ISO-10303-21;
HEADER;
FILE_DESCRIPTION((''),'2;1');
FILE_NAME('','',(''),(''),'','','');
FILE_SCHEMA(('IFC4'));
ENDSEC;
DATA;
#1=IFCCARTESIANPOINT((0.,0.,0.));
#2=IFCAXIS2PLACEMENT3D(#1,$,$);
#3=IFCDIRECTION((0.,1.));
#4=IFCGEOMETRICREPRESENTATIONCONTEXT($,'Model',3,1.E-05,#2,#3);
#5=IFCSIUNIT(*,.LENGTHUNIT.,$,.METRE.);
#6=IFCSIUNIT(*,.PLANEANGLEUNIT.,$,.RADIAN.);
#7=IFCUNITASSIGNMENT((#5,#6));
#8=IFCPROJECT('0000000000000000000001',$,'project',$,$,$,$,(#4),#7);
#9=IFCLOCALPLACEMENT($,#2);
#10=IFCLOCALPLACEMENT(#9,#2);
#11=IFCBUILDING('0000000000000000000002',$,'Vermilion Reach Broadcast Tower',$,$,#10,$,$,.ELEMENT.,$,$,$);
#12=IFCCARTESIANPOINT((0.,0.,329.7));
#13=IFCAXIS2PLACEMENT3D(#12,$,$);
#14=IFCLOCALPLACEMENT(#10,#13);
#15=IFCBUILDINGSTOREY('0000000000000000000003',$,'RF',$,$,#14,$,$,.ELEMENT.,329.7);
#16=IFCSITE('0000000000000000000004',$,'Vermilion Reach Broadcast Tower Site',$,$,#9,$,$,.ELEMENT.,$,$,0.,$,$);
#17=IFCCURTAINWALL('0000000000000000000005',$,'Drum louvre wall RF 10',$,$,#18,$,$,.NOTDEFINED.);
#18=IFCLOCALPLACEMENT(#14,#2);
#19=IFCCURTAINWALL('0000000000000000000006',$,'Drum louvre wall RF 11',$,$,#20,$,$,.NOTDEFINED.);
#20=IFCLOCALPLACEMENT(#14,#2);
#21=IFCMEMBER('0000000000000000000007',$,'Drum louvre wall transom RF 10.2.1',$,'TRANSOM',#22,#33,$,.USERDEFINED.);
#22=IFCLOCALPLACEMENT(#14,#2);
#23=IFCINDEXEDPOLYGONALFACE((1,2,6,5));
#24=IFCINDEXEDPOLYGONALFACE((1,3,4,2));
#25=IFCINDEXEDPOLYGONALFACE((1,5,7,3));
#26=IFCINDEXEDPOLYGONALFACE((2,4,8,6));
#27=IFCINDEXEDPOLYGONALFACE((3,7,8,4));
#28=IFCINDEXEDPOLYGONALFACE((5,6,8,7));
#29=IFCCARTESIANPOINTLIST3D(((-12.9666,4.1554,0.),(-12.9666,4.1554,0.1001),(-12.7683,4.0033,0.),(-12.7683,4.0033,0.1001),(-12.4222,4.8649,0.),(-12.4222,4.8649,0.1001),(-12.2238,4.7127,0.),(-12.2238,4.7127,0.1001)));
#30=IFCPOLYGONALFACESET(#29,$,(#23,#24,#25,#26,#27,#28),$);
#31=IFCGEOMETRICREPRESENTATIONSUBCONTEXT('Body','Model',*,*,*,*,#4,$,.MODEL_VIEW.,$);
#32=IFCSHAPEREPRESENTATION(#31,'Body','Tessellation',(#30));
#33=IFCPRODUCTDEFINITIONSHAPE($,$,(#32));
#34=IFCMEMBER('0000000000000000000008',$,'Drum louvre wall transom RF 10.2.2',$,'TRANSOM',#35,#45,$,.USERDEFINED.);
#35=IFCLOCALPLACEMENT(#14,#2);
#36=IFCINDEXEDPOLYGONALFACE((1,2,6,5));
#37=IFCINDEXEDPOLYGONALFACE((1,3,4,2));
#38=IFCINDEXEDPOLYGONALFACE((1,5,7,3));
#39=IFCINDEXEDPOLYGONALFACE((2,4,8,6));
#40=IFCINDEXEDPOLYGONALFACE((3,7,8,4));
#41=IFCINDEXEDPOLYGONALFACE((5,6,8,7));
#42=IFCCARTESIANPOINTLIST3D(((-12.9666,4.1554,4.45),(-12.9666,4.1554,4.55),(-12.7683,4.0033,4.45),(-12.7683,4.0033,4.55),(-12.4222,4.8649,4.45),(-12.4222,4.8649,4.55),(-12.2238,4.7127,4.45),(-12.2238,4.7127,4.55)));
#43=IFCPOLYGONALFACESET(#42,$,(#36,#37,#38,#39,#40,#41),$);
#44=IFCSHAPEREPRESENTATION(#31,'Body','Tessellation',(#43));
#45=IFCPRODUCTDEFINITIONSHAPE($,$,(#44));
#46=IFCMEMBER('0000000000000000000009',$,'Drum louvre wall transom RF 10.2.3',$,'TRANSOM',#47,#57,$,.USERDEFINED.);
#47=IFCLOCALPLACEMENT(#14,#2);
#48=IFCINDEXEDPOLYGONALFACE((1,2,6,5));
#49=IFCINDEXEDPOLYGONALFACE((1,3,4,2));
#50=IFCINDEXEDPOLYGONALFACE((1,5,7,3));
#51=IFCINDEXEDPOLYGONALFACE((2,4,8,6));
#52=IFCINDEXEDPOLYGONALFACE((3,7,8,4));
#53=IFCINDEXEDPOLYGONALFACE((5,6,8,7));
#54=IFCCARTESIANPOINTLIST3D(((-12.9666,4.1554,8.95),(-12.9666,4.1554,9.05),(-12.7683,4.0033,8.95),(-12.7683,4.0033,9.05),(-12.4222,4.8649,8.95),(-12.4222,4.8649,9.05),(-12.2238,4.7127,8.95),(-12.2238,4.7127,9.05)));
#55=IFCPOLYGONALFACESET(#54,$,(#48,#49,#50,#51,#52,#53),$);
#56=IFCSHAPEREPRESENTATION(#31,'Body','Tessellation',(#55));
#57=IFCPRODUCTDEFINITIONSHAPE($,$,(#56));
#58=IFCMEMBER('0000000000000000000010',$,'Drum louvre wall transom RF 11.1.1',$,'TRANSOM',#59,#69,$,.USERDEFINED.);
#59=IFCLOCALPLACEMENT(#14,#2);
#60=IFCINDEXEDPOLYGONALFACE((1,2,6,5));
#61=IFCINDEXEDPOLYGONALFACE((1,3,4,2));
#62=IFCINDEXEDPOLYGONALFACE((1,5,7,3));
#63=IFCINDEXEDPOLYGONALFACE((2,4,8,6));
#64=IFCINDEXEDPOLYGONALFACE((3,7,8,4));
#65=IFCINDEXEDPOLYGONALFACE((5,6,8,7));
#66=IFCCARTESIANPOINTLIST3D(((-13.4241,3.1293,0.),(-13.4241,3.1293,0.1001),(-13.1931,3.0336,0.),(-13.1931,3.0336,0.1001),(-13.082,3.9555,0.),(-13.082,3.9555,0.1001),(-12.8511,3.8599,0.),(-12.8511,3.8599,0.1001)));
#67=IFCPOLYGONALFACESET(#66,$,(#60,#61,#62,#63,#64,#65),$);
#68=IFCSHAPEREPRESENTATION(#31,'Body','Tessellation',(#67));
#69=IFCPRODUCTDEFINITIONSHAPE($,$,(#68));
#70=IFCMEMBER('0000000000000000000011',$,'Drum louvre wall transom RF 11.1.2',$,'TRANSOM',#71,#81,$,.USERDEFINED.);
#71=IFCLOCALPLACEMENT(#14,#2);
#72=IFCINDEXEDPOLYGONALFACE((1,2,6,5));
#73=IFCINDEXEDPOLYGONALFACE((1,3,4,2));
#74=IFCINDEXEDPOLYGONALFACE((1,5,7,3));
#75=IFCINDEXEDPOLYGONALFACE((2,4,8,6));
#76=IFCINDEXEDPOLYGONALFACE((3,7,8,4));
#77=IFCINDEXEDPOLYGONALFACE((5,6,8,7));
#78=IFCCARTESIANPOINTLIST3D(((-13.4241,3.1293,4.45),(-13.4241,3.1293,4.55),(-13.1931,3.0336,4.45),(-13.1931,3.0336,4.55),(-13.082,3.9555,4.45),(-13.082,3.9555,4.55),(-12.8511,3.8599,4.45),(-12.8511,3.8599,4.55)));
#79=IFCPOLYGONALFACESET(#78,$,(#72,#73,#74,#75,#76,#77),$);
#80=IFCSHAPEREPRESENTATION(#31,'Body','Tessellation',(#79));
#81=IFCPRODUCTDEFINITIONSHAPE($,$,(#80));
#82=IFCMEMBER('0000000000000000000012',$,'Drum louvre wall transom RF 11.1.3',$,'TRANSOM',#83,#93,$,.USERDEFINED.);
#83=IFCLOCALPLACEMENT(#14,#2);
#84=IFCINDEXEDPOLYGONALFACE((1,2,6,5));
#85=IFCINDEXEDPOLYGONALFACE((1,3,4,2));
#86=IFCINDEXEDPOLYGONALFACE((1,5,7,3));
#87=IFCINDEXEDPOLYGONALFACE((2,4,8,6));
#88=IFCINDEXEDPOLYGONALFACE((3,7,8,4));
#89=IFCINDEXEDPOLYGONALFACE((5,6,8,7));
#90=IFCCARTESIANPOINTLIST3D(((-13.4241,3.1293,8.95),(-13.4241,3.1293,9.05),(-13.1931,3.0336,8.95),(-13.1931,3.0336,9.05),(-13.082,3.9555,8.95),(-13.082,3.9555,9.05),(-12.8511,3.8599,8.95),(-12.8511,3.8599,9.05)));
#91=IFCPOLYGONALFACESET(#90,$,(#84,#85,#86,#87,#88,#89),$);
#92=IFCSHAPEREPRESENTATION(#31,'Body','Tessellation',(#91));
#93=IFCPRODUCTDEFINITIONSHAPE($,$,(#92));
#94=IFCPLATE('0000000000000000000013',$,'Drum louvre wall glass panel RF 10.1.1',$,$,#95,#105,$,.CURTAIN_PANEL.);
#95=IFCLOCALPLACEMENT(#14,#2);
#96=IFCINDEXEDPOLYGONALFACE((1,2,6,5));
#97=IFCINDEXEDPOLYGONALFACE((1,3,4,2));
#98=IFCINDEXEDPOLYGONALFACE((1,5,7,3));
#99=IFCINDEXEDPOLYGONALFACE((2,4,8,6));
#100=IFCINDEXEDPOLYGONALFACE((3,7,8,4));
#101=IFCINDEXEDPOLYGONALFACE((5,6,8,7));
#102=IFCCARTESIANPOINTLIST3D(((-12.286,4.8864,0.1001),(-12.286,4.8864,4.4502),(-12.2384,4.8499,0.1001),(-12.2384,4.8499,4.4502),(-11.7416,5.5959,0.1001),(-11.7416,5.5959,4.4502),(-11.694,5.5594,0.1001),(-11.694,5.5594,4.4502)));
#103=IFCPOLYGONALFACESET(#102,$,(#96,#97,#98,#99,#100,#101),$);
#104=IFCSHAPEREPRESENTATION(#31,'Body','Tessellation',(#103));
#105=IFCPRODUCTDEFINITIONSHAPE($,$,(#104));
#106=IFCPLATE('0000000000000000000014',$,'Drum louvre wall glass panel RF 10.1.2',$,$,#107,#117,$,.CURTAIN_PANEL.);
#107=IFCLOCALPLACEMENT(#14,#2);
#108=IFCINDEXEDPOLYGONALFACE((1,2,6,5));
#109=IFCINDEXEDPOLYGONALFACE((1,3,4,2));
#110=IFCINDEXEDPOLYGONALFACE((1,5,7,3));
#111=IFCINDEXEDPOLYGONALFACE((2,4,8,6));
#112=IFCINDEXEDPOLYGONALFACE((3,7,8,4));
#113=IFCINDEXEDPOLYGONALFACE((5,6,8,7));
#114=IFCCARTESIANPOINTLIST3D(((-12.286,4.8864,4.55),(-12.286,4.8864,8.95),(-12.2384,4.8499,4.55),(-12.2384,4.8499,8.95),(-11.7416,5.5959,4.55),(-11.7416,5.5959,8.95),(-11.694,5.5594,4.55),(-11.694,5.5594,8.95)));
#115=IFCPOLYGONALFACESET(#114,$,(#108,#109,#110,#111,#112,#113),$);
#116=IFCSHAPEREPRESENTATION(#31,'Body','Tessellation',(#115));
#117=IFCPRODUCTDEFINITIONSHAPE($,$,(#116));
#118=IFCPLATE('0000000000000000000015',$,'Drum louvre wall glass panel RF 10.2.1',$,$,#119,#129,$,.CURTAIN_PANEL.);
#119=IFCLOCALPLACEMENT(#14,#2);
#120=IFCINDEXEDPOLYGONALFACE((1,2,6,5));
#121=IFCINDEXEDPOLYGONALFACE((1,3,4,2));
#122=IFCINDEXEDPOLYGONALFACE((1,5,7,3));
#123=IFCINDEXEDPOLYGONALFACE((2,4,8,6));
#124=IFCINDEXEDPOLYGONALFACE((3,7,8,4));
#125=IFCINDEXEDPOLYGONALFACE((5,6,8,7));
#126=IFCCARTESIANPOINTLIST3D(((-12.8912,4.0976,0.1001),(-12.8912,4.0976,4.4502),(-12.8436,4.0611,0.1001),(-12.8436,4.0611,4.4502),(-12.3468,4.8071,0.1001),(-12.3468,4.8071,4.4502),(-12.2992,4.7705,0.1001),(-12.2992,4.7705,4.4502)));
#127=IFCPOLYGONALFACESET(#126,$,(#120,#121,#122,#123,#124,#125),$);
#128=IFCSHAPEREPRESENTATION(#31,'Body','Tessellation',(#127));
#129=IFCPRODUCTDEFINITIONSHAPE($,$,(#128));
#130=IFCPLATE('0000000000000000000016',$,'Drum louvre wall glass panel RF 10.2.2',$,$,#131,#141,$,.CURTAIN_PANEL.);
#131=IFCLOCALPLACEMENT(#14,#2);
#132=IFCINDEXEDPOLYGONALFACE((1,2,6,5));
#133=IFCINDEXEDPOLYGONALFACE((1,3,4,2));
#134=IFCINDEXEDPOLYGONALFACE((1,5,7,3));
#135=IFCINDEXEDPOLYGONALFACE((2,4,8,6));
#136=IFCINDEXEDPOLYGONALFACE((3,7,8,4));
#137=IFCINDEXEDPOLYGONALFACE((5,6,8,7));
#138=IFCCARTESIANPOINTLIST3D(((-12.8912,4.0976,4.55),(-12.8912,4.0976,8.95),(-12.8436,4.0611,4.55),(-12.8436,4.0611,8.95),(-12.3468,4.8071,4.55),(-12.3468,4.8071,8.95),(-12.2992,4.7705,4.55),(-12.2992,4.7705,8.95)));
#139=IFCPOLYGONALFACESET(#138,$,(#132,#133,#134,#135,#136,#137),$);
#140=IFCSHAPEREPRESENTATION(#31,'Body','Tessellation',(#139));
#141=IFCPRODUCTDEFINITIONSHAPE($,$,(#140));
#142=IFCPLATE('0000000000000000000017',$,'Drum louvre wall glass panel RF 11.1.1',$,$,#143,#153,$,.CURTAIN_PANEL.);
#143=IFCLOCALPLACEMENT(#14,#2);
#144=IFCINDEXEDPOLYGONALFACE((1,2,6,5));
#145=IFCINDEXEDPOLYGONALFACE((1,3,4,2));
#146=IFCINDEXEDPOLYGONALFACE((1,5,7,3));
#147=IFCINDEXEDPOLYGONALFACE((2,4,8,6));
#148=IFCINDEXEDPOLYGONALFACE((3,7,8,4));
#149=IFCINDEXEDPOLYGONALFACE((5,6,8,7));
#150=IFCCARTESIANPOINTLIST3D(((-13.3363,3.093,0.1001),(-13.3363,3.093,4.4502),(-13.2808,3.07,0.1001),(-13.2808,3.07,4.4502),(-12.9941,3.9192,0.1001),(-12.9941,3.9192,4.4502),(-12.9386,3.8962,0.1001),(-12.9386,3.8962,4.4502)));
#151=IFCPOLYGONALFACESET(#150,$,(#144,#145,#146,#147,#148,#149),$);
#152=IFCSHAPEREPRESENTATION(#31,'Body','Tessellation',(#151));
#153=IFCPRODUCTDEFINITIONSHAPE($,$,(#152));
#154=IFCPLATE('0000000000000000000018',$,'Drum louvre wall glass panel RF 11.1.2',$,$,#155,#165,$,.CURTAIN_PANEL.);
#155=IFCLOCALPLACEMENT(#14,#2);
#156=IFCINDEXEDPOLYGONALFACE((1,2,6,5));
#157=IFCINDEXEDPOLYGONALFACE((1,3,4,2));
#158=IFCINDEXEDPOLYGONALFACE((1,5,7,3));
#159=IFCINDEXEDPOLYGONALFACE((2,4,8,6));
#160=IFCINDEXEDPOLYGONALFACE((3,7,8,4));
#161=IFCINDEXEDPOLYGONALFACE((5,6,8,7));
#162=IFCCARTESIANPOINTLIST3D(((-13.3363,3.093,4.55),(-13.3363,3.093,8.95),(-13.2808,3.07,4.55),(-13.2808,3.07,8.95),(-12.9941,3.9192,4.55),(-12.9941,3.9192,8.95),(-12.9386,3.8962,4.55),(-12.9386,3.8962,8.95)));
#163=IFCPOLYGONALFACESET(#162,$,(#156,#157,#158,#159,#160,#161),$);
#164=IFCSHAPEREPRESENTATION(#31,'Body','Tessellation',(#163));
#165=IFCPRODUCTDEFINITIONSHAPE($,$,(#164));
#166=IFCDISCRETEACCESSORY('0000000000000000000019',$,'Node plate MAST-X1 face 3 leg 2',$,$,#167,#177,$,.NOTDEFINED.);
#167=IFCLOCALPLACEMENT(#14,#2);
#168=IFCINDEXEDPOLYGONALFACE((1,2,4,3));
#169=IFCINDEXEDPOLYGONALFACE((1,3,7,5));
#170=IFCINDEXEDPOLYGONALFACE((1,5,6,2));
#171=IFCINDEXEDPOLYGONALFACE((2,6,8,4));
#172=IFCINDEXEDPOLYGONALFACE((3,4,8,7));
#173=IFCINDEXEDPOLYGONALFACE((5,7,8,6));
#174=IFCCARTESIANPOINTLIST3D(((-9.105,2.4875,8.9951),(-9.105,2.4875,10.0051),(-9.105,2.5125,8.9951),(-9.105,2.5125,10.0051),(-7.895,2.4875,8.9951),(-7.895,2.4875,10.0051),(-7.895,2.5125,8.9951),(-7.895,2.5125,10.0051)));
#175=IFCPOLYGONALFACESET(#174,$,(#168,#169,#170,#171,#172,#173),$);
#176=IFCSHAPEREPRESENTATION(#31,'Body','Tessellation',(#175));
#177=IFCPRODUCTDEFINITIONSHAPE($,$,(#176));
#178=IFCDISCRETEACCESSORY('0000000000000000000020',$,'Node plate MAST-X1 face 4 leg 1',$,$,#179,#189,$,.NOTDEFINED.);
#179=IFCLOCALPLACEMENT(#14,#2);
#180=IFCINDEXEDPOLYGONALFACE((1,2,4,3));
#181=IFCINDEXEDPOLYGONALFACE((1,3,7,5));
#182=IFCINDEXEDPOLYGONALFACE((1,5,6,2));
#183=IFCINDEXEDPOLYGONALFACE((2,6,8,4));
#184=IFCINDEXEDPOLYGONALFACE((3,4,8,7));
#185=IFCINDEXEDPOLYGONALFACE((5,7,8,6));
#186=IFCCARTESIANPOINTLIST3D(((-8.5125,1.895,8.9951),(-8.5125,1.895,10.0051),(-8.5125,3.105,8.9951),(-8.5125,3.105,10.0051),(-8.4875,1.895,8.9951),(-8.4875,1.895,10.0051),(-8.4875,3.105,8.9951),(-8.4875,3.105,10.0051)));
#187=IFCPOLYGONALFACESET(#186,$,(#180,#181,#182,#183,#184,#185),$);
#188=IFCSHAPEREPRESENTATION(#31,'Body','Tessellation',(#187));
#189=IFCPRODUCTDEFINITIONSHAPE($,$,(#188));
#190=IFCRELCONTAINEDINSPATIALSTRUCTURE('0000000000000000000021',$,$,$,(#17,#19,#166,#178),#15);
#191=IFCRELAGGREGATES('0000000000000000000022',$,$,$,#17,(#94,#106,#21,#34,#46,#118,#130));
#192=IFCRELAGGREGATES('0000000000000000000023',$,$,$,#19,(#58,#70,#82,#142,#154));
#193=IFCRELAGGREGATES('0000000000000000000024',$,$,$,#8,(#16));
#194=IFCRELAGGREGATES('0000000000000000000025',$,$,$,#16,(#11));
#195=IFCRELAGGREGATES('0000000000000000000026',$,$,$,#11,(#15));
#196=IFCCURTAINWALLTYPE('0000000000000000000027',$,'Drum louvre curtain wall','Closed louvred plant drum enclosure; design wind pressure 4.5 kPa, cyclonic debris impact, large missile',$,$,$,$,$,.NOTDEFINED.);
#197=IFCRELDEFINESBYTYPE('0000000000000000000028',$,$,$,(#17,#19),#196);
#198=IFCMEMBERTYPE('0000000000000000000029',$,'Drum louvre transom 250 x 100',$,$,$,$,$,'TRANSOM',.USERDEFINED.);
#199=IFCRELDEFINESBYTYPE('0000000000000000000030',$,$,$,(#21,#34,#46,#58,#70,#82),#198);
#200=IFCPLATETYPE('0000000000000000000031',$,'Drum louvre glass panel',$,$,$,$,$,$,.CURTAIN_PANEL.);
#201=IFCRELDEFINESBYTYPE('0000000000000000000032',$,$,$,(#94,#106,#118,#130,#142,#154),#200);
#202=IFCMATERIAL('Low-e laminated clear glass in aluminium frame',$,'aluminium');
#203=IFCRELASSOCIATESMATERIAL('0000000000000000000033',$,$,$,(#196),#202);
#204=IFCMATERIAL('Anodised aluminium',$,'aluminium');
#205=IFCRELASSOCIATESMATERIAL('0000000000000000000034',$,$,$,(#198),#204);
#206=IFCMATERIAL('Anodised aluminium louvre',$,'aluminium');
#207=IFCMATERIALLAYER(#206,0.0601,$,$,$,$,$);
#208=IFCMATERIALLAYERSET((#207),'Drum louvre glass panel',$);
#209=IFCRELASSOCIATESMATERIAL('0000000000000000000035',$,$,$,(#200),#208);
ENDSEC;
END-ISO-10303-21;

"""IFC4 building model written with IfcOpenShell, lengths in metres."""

from ifc_helpers import new_model, si_unit, direction, frame, origin, origin_2d, place, context, subcontext, project, spatial, rectangle, extrude, material, layer, layer_set, material_profile, profile_set, type_object, element, aggregate, save


model = new_model("IFC4")

# Units and contexts
model_context = context("Model", 3, precision=1e-05, world=origin(), true_north=direction((0.0, 1.0)))
body_context = subcontext(model_context, "Body", "Model", "MODEL_VIEW")
ifc_project = project(units=[si_unit("LENGTHUNIT", "METRE"), si_unit("PLANEANGLEUNIT", "RADIAN")], contexts=[model_context])

# Site, building, storey
site_placement = place(None, origin())
site = spatial("IfcSite", under=ifc_project, at=site_placement, Name="Vermilion Reach Broadcast Tower Site", CompositionType="ELEMENT", RefElevation=0.0)
building_placement = place(site_placement, origin())
building = spatial("IfcBuilding", under=site, at=building_placement, Name="Vermilion Reach Broadcast Tower", CompositionType="ELEMENT")
storey_placement = place(building_placement, frame((0.0, 0.0, 329.7)))
storey = spatial("IfcBuildingStorey", under=building, at=storey_placement, Name="RF", CompositionType="ELEMENT", Elevation=329.7)

# Curtain wall
ifc_material_1 = material(Name="Low-e laminated clear glass in aluminium frame", Category="aluminium")
curtain_wall_type = type_object("IfcCurtainWallType", Name="Drum louvre curtain wall", Description="Closed louvred plant drum enclosure; design wind pressure 4.5 kPa, cyclonic debris impact, large missile", PredefinedType="NOTDEFINED", material=ifc_material_1)
placement = place(storey_placement, origin())
curtain_wall_1 = element("IfcCurtainWall", 1, at=placement, inside=storey, type_object=curtain_wall_type, Name="Drum louvre wall RF 10", PredefinedType="NOTDEFINED")

# Curtain wall
curtain_wall_2 = element("IfcCurtainWall", 2, at=placement, inside=storey, type_object=curtain_wall_type, Name="Drum louvre wall RF 11", PredefinedType="NOTDEFINED")

# Members
ifc_material_2 = material(Name="Anodised aluminium", Category="aluminium")
ifc_material_profile_1 = material_profile(ifc_material_2, rectangle(XDim=0.25, YDim=0.1001, at=origin_2d()), Name="Drum louvre transom 250 x 100")
ifc_profile_set_1 = profile_set([ifc_material_profile_1], Name="Anodised aluminium")
member_type_1 = type_object("IfcMemberType", Name="Drum louvre transom 250 x 100", ElementType="TRANSOM", PredefinedType="USERDEFINED", material=ifc_profile_set_1)
member_1_placement = place(storey_placement, frame((-12.323, 4.7888, 0.05), z_axis=(-0.608787, -0.793334, 0.0), x_axis=(0.793334, -0.608787, 0.0)))
member_1 = element("IfcMember", 3, at=member_1_placement, type_object=member_type_1, Name="Drum louvre wall transom RF 10.2.1", ObjectType="TRANSOM", PredefinedType="USERDEFINED", context=body_context, shape_type="SweptSolid", body=[
    extrude(rectangle(XDim=0.25, YDim=0.1001, at=origin_2d()), origin(), (0.0, 0.0, 1.0), 0.8943),
])
member_2_placement = place(storey_placement, frame((-12.323, 4.7888, 4.5), z_axis=(-0.608787, -0.793334, 0.0), x_axis=(0.793334, -0.608787, 0.0)))
member_2 = element("IfcMember", 4, at=member_2_placement, type_object=member_type_1, Name="Drum louvre wall transom RF 10.2.2", ObjectType="TRANSOM", PredefinedType="USERDEFINED", context=body_context, shape_type="SweptSolid", body=[
    extrude(rectangle(XDim=0.25, YDim=0.1001, at=origin_2d()), origin(), (0.0, 0.0, 1.0), 0.8943),
])
member_3_placement = place(storey_placement, frame((-12.323, 4.7888, 9.0), z_axis=(-0.608787, -0.793334, 0.0), x_axis=(0.793334, -0.608787, 0.0)))
member_3 = element("IfcMember", 5, at=member_3_placement, type_object=member_type_1, Name="Drum louvre wall transom RF 10.2.3", ObjectType="TRANSOM", PredefinedType="USERDEFINED", context=body_context, shape_type="SweptSolid", body=[
    extrude(rectangle(XDim=0.25, YDim=0.1001, at=origin_2d()), origin(), (0.0, 0.0, 1.0), 0.8943),
])
member_4_placement = place(storey_placement, frame((-12.9666, 3.9077, 0.05), z_axis=(-0.382521, -0.923947, 0.0), x_axis=(0.923947, -0.382521, 0.0)))
member_4 = element("IfcMember", 6, at=member_4_placement, type_object=member_type_1, Name="Drum louvre wall transom RF 11.1.1", ObjectType="TRANSOM", PredefinedType="USERDEFINED", context=body_context, shape_type="SweptSolid", body=[
    extrude(rectangle(XDim=0.25, YDim=0.1001, at=origin_2d()), origin(), (0.0, 0.0, 1.0), 0.8943),
])
member_5_placement = place(storey_placement, frame((-12.9666, 3.9077, 4.5), z_axis=(-0.382521, -0.923947, 0.0), x_axis=(0.923947, -0.382521, 0.0)))
member_5 = element("IfcMember", 7, at=member_5_placement, type_object=member_type_1, Name="Drum louvre wall transom RF 11.1.2", ObjectType="TRANSOM", PredefinedType="USERDEFINED", context=body_context, shape_type="SweptSolid", body=[
    extrude(rectangle(XDim=0.25, YDim=0.1001, at=origin_2d()), origin(), (0.0, 0.0, 1.0), 0.8943),
])
member_6_placement = place(storey_placement, frame((-12.9666, 3.9077, 9.0), z_axis=(-0.382521, -0.923947, 0.0), x_axis=(0.923947, -0.382521, 0.0)))
member_6 = element("IfcMember", 8, at=member_6_placement, type_object=member_type_1, Name="Drum louvre wall transom RF 11.1.3", ObjectType="TRANSOM", PredefinedType="USERDEFINED", context=body_context, shape_type="SweptSolid", body=[
    extrude(rectangle(XDim=0.25, YDim=0.1001, at=origin_2d()), origin(), (0.0, 0.0, 1.0), 0.8943),
])

# Plates
ifc_material_3 = material(Name="Anodised aluminium louvre", Category="aluminium")
ifc_layer = layer(ifc_material_3, 0.0601)
ifc_layer_set = layer_set([ifc_layer], Name="Drum louvre glass panel")
plate_type = type_object("IfcPlateType", Name="Drum louvre glass panel", PredefinedType="CURTAIN_PANEL", material=ifc_layer_set)
plate_1_placement = place(storey_placement, frame((-11.99, 5.2229, 0.1001), z_axis=(0.0, 0.0, 1.0), x_axis=(-0.608761, -0.793353, 0.0)))
plate_1 = element("IfcPlate", 9, at=plate_1_placement, type_object=plate_type, Name="Drum louvre wall glass panel RF 10.1.1", PredefinedType="CURTAIN_PANEL", context=body_context, shape_type="SweptSolid", body=[
    extrude(rectangle(XDim=0.8943, YDim=0.0601, at=origin_2d()), origin(), (0.0, 0.0, 1.0), 4.3501),
])
plate_2_placement = place(storey_placement, frame((-11.99, 5.2229, 4.55), z_axis=(0.0, 0.0, 1.0), x_axis=(-0.608761, -0.793353, 0.0)))
plate_2 = element("IfcPlate", 10, at=plate_2_placement, type_object=plate_type, Name="Drum louvre wall glass panel RF 10.1.2", PredefinedType="CURTAIN_PANEL", context=body_context, shape_type="SweptSolid", body=[
    extrude(rectangle(XDim=0.8943, YDim=0.0601, at=origin_2d()), origin(), (0.0, 0.0, 1.0), 4.3999),
])
plate_3_placement = place(storey_placement, frame((-12.5952, 4.4341, 0.1001), z_axis=(0.0, 0.0, 1.0), x_axis=(-0.608761, -0.793353, 0.0)))
plate_3 = element("IfcPlate", 11, at=plate_3_placement, type_object=plate_type, Name="Drum louvre wall glass panel RF 10.2.1", PredefinedType="CURTAIN_PANEL", context=body_context, shape_type="SweptSolid", body=[
    extrude(rectangle(XDim=0.8943, YDim=0.0601, at=origin_2d()), origin(), (0.0, 0.0, 1.0), 4.3501),
])
plate_4_placement = place(storey_placement, frame((-12.5952, 4.4341, 4.55), z_axis=(0.0, 0.0, 1.0), x_axis=(-0.608761, -0.793353, 0.0)))
plate_4 = element("IfcPlate", 12, at=plate_4_placement, type_object=plate_type, Name="Drum louvre wall glass panel RF 10.2.2", PredefinedType="CURTAIN_PANEL", context=body_context, shape_type="SweptSolid", body=[
    extrude(rectangle(XDim=0.8943, YDim=0.0601, at=origin_2d()), origin(), (0.0, 0.0, 1.0), 4.3999),
])
aggregate(curtain_wall_1, [plate_1, plate_2, member_1, member_2, member_3, plate_3, plate_4])
plate_5_placement = place(storey_placement, frame((-13.1375, 3.4946, 0.1001), z_axis=(0.0, 0.0, 1.0), x_axis=(-0.382683, -0.92388, 0.0)))
plate_5 = element("IfcPlate", 13, at=plate_5_placement, type_object=plate_type, Name="Drum louvre wall glass panel RF 11.1.1", PredefinedType="CURTAIN_PANEL", context=body_context, shape_type="SweptSolid", body=[
    extrude(rectangle(XDim=0.8943, YDim=0.0601, at=origin_2d()), origin(), (0.0, 0.0, 1.0), 4.3501),
])
plate_6_placement = place(storey_placement, frame((-13.1375, 3.4946, 4.55), z_axis=(0.0, 0.0, 1.0), x_axis=(-0.382683, -0.92388, 0.0)))
plate_6 = element("IfcPlate", 14, at=plate_6_placement, type_object=plate_type, Name="Drum louvre wall glass panel RF 11.1.2", PredefinedType="CURTAIN_PANEL", context=body_context, shape_type="SweptSolid", body=[
    extrude(rectangle(XDim=0.8943, YDim=0.0601, at=origin_2d()), origin(), (0.0, 0.0, 1.0), 4.3999),
])
aggregate(curtain_wall_2, [member_4, member_5, member_6, plate_5, plate_6])

# Discrete accessories
for number, where, z_axis, x_axis, name in (
    (15, (-8.5, 2.5, 8.9951), (0.0, 0.0, 1.0), (0.0, -1.0, 0.0), "Node plate MAST-X1 face 3 leg 2"),
    (16, (-8.5, 2.5, 8.9951), (0.0, 0.0, 1.0), (1.0, 0.0, 0.0), "Node plate MAST-X1 face 4 leg 1"),
):
    element("IfcDiscreteAccessory", number, at=place(storey_placement, frame(where, z_axis=z_axis, x_axis=x_axis)), inside=storey, Name=name, PredefinedType="NOTDEFINED", context=body_context, shape_type="SweptSolid", body=[
        extrude(rectangle(XDim=0.0249, YDim=1.21, at=origin_2d()), origin(), (0.0, 0.0, 1.0), 1.01),
    ])

save(model, "model.ifc")
